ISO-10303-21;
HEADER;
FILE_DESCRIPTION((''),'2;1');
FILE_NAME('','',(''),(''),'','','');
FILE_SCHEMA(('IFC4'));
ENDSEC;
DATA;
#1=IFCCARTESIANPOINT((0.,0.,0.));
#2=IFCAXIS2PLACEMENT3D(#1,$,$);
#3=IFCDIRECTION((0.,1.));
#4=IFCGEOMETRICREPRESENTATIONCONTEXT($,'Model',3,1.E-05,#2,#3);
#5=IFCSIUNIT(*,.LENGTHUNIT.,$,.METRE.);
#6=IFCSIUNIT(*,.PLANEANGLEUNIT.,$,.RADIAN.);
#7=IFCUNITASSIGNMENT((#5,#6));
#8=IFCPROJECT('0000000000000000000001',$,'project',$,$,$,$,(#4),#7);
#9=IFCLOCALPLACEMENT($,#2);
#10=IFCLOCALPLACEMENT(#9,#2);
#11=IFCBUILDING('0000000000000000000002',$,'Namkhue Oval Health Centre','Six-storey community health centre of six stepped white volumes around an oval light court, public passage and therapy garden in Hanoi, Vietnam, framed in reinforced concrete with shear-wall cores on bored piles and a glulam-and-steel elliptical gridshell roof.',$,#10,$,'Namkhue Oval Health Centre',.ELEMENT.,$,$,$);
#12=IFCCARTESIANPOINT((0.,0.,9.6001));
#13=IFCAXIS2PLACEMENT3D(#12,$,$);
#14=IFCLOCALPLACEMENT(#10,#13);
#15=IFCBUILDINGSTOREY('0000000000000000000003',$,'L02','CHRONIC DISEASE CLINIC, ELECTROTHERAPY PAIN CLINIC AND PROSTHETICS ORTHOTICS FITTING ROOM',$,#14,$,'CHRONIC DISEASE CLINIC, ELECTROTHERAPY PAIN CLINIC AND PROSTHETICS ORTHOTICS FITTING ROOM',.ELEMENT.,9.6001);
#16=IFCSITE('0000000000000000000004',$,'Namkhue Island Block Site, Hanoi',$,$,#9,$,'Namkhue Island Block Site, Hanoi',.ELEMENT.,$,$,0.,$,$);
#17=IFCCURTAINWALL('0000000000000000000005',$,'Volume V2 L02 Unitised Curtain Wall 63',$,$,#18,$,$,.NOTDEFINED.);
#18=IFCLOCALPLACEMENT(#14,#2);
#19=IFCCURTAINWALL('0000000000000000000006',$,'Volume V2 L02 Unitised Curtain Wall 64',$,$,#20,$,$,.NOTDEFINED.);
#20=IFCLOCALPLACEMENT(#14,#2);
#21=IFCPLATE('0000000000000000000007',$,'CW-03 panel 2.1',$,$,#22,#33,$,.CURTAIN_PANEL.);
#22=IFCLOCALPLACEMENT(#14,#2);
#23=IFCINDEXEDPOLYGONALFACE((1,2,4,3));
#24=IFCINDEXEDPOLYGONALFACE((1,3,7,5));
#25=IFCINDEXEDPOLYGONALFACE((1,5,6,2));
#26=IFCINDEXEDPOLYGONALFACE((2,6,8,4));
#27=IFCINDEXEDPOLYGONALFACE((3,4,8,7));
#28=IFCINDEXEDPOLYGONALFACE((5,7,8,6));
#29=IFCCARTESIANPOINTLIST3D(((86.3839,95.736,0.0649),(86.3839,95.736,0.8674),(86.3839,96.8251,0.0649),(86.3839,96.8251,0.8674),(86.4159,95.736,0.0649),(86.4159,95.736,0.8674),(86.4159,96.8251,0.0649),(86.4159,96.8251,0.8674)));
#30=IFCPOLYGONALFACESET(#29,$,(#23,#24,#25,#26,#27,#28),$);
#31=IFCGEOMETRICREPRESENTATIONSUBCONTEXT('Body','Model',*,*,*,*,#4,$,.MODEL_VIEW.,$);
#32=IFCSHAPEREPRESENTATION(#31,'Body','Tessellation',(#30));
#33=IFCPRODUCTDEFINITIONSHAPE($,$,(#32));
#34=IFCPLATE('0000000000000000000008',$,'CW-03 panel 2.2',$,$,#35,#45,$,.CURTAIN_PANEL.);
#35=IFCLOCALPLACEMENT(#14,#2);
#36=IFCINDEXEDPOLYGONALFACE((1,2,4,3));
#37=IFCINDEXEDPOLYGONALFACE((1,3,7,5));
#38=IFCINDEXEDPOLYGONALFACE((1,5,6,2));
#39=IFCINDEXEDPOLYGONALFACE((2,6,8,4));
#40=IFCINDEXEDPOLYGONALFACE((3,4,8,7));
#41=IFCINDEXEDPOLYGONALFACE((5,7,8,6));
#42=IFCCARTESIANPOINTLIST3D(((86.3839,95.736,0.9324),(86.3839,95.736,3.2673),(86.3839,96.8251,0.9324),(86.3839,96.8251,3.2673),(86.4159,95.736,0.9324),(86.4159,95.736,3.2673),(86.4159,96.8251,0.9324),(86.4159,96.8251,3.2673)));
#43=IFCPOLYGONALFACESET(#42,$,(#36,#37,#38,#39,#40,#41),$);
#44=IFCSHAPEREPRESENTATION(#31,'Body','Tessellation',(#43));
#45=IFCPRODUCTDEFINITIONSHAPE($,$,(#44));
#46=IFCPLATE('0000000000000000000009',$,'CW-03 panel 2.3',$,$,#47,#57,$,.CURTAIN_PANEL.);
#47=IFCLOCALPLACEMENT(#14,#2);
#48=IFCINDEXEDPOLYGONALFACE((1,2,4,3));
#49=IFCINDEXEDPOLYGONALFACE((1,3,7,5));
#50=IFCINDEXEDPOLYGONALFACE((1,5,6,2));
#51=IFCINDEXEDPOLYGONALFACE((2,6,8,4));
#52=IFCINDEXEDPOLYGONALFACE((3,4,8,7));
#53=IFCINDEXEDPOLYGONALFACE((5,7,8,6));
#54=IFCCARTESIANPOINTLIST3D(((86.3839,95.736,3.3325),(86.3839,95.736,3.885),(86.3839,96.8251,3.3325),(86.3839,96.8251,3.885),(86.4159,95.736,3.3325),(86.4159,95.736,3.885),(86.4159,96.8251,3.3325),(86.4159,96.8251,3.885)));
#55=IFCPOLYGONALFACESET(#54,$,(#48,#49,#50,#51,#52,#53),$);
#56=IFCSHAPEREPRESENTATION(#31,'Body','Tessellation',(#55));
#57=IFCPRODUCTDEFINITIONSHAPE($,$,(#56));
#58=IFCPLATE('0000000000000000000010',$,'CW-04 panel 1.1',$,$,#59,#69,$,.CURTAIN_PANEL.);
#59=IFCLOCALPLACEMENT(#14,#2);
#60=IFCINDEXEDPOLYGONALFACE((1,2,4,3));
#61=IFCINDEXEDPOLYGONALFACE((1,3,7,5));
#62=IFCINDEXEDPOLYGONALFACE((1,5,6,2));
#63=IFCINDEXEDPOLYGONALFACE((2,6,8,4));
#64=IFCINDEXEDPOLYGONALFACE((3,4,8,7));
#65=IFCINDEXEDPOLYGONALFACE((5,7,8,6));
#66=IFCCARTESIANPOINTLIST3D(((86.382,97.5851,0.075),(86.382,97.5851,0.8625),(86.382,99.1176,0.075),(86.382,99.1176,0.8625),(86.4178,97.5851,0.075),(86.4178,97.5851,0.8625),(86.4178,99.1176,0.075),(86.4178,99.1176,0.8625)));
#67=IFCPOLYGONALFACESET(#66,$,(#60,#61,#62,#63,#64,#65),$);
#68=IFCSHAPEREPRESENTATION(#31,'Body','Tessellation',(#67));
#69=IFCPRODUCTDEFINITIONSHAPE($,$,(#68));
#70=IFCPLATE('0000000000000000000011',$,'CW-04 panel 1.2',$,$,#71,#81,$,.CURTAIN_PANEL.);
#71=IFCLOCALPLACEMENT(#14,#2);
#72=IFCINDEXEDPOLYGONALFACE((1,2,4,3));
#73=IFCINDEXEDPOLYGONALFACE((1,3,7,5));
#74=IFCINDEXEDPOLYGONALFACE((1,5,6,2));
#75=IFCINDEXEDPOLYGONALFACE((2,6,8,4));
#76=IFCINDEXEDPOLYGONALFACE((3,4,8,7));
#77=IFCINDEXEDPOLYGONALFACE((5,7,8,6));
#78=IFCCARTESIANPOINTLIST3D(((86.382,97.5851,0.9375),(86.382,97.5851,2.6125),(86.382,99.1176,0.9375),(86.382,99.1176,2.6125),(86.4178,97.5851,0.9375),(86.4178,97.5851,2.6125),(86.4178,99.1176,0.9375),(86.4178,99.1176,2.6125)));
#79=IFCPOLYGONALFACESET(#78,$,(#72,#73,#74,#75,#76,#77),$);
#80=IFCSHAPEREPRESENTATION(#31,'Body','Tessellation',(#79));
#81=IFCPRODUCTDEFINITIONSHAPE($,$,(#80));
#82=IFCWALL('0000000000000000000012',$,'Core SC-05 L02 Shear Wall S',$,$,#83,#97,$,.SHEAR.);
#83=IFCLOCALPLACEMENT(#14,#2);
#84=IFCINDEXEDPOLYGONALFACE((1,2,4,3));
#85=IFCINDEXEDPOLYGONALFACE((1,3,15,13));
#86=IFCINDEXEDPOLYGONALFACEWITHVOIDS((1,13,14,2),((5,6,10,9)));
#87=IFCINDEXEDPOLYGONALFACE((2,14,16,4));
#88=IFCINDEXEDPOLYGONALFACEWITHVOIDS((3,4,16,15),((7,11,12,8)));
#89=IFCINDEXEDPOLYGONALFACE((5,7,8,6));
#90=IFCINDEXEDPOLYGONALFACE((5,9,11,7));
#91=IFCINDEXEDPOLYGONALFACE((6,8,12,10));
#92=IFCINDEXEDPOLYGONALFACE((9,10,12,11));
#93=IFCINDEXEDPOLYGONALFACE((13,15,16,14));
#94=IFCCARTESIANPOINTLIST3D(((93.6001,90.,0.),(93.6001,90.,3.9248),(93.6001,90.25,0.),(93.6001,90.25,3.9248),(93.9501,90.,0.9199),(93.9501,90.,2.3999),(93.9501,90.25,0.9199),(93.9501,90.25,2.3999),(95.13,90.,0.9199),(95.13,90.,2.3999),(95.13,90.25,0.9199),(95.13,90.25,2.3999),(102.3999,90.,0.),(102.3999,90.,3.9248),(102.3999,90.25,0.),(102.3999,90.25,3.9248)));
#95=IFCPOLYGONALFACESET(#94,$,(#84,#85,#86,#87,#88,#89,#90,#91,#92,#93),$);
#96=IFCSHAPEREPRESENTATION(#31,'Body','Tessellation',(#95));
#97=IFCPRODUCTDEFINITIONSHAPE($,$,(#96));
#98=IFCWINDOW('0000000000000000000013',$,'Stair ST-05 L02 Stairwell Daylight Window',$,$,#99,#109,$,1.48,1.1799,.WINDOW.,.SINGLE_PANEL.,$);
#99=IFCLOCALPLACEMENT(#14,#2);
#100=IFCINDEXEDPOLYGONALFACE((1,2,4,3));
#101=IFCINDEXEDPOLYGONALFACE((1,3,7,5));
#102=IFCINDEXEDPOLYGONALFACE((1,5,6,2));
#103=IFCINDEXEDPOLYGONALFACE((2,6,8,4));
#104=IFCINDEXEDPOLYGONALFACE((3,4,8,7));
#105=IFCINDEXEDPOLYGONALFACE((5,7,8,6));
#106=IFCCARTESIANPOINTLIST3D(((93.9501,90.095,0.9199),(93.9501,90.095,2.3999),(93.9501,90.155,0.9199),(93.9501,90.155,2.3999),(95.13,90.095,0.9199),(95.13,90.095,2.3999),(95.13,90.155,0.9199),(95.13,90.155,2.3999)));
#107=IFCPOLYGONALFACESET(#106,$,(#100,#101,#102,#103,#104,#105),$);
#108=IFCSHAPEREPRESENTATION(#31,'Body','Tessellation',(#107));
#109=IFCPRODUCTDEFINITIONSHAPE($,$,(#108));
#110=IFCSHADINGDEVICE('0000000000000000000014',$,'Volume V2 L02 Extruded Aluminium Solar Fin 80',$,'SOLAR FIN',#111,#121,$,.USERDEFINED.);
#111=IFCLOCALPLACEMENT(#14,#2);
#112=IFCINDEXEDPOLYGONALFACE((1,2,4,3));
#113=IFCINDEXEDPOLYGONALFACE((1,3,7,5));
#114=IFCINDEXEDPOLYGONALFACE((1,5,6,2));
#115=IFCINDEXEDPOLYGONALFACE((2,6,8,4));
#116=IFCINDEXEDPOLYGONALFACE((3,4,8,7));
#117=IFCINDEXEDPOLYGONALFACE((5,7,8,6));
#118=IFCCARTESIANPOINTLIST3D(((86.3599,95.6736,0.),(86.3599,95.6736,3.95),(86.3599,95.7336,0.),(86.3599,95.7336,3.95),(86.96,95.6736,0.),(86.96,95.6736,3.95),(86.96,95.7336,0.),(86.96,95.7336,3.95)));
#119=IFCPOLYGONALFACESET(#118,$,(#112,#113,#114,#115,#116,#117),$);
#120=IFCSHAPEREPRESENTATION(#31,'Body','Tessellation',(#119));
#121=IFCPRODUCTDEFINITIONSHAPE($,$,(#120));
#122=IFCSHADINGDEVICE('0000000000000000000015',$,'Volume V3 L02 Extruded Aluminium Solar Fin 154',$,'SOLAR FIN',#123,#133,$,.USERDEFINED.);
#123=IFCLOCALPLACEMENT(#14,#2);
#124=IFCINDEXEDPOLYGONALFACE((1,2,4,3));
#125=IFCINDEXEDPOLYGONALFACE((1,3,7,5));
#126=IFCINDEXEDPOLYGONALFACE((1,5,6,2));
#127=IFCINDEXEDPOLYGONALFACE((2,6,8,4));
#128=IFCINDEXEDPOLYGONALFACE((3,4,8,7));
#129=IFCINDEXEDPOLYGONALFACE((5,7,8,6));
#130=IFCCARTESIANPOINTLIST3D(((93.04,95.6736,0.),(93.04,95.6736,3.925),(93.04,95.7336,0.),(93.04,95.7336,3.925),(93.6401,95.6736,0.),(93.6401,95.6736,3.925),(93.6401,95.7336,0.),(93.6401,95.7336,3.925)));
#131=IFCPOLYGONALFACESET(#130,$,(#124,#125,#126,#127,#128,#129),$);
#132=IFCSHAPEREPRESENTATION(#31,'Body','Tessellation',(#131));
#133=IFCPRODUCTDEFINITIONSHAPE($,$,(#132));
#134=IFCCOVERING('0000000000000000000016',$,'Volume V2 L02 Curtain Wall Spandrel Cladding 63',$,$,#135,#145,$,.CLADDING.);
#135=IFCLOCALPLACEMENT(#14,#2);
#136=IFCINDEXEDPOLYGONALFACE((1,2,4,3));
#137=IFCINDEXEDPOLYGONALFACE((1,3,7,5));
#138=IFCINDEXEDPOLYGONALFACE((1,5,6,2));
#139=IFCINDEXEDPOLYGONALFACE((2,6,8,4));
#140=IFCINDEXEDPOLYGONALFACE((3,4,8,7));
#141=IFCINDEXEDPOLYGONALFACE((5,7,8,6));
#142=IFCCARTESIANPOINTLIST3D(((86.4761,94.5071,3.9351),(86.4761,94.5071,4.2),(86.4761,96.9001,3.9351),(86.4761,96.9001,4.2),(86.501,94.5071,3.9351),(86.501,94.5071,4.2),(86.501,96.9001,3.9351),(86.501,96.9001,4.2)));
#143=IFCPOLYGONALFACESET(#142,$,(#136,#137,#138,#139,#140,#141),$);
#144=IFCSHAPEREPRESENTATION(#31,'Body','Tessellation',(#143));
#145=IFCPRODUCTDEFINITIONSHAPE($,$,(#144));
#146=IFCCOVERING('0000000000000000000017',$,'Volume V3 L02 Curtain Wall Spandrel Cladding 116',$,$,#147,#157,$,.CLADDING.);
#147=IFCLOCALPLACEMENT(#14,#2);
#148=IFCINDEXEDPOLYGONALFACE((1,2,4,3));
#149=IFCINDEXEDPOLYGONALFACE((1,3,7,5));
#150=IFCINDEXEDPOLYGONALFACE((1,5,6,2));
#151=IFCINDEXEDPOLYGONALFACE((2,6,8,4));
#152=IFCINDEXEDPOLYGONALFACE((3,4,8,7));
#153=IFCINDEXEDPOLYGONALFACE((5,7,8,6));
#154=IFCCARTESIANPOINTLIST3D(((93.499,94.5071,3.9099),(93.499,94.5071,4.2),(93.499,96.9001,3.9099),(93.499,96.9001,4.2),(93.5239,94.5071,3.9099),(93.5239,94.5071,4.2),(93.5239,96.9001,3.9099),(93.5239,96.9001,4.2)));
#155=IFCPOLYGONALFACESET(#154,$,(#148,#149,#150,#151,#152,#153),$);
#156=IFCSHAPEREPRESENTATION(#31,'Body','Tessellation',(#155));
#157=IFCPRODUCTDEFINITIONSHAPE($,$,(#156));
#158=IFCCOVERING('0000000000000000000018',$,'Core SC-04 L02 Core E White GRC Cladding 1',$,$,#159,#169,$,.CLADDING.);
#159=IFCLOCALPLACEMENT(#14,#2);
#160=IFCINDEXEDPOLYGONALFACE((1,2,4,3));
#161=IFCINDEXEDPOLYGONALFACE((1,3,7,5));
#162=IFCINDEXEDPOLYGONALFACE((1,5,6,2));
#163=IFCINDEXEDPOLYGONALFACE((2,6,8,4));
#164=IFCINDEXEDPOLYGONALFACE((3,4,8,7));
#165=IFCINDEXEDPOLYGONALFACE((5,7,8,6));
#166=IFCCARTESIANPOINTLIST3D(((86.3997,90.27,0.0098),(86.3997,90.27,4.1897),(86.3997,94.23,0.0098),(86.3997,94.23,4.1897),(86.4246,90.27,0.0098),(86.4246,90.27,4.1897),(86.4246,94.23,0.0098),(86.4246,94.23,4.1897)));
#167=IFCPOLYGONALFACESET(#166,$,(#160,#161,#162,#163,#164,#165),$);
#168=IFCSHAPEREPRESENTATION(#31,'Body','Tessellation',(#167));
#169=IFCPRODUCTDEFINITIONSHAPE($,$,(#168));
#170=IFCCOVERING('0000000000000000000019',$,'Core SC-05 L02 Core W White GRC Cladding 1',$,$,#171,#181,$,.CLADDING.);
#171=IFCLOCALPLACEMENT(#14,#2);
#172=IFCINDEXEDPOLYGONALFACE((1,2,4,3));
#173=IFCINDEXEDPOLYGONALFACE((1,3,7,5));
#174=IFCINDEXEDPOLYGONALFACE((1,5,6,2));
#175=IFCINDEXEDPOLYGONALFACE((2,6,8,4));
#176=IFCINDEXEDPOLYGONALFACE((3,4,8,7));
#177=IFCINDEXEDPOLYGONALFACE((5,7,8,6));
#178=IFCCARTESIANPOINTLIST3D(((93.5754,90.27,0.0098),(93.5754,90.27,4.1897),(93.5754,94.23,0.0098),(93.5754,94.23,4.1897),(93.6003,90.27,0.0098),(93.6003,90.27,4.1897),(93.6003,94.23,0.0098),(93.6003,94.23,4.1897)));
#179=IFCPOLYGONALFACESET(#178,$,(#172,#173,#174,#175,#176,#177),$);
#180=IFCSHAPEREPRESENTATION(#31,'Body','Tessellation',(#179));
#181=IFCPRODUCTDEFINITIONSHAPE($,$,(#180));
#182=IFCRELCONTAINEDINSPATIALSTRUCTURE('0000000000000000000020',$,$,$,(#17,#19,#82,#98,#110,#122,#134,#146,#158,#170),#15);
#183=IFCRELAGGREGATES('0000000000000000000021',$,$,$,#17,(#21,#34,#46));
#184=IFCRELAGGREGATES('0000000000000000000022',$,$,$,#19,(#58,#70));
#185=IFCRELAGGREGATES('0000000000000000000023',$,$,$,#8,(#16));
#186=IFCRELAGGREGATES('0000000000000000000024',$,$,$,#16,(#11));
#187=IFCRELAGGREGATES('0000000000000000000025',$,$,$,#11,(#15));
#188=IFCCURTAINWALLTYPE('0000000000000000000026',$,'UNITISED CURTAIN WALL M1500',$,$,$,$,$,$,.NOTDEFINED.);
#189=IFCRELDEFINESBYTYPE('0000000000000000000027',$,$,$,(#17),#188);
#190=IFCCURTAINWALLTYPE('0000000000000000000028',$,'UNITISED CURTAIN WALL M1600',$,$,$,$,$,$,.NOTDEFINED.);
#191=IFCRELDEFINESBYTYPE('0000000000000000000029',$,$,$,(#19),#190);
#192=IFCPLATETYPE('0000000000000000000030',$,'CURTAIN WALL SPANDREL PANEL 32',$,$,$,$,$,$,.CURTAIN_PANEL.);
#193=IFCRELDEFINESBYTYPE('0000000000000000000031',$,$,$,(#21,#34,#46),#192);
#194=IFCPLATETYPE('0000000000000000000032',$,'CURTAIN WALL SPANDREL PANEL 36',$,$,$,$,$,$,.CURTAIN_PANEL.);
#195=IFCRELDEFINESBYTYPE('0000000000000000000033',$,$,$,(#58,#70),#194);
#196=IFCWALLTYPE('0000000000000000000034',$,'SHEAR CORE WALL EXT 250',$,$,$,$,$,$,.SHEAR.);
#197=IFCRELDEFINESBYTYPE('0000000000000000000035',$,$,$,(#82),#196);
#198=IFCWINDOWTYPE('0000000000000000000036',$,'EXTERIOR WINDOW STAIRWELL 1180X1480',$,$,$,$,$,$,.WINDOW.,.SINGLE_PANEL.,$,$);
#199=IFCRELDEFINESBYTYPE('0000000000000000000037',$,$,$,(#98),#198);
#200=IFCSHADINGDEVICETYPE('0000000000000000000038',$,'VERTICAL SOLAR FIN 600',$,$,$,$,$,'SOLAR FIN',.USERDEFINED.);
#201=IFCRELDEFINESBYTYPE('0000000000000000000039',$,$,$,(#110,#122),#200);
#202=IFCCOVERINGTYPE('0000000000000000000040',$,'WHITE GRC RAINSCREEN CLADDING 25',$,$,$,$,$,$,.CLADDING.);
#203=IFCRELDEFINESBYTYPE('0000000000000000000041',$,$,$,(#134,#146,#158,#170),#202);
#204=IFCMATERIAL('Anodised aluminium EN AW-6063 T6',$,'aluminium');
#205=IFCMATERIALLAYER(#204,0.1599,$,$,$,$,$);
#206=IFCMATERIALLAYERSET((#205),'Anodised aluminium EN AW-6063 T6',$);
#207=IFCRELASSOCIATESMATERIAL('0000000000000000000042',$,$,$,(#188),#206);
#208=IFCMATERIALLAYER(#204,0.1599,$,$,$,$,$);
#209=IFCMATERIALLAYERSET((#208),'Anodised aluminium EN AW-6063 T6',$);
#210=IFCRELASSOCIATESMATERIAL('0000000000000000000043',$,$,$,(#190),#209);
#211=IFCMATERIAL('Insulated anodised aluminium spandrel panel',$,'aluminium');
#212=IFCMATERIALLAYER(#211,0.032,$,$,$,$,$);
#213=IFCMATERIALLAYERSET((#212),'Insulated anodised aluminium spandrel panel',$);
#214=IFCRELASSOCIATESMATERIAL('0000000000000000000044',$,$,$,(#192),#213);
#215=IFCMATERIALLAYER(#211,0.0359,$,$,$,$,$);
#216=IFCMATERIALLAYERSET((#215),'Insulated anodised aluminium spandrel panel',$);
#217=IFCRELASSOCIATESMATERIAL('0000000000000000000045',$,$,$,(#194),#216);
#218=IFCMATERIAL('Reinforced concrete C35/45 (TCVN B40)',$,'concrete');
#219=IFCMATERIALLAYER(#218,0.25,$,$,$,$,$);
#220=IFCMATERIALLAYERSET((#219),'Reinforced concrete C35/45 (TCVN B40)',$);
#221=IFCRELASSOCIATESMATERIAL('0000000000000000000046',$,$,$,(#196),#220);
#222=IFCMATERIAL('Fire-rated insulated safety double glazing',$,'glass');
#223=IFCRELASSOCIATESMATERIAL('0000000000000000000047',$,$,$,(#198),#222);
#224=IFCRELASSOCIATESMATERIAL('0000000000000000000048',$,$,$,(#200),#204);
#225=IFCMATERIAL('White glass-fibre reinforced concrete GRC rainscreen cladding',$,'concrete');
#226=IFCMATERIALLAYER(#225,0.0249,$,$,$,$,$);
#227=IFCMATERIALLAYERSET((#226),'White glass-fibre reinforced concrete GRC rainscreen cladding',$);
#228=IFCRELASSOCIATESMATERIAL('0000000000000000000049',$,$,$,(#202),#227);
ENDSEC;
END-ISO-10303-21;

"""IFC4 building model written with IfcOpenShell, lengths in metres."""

from ifc_helpers import new_model, si_unit, direction, frame, frame_2d, origin, origin_2d, place, context, subcontext, project, spatial, rectangle, extrude, material, layer, layer_set, type_object, element, fill, aggregate, save


model = new_model("IFC4")

# Units and contexts
model_context = context("Model", 3, precision=1e-05, world=origin(), true_north=direction((0.0, 1.0)))
body_context = subcontext(model_context, "Body", "Model", "MODEL_VIEW")
ifc_project = project(units=[si_unit("LENGTHUNIT", "METRE"), si_unit("PLANEANGLEUNIT", "RADIAN")], contexts=[model_context])

# Site, building, storey
site_placement = place(None, origin())
site = spatial("IfcSite", under=ifc_project, at=site_placement, Name="Namkhue Island Block Site, Hanoi", LongName="Namkhue Island Block Site, Hanoi", CompositionType="ELEMENT", RefElevation=0.0)
building_placement = place(site_placement, origin())
building = spatial("IfcBuilding", under=site, at=building_placement, Name="Namkhue Oval Health Centre", Description="Six-storey community health centre of six stepped white volumes around an oval light court, public passage and therapy garden in Hanoi, Vietnam, framed in reinforced concrete with shear-wall cores on bored piles and a glulam-and-steel elliptical gridshell roof.", LongName="Namkhue Oval Health Centre", CompositionType="ELEMENT")
storey_placement = place(building_placement, frame((0.0, 0.0, 9.6001)))
storey = spatial("IfcBuildingStorey", under=building, at=storey_placement, Name="L02", Description="CHRONIC DISEASE CLINIC, ELECTROTHERAPY PAIN CLINIC AND PROSTHETICS ORTHOTICS FITTING ROOM", LongName="CHRONIC DISEASE CLINIC, ELECTROTHERAPY PAIN CLINIC AND PROSTHETICS ORTHOTICS FITTING ROOM", CompositionType="ELEMENT", Elevation=9.6001)

# Shared definitions
ifc_material_1 = material(Name="Reinforced concrete C35/45 (TCVN B40)", Category="concrete")

# Curtain walls
ifc_material_2 = material(Name="Anodised aluminium EN AW-6063 T6", Category="aluminium")
ifc_layer_1 = layer(ifc_material_2, 0.1599)
ifc_layer_set_1 = layer_set([ifc_layer_1], Name="Anodised aluminium EN AW-6063 T6")
curtain_wall_type_1 = type_object("IfcCurtainWallType", Name="UNITISED CURTAIN WALL M1500", PredefinedType="NOTDEFINED", material=ifc_layer_set_1)
curtain_wall_1_placement = place(storey_placement, origin())
curtain_wall_1 = element("IfcCurtainWall", 1, at=curtain_wall_1_placement, inside=storey, type_object=curtain_wall_type_1, Name="Volume V2 L02 Unitised Curtain Wall 63", PredefinedType="NOTDEFINED")
ifc_layer_2 = layer(ifc_material_2, 0.1599)
ifc_layer_set_2 = layer_set([ifc_layer_2], Name="Anodised aluminium EN AW-6063 T6")
curtain_wall_type_2 = type_object("IfcCurtainWallType", Name="UNITISED CURTAIN WALL M1600", PredefinedType="NOTDEFINED", material=ifc_layer_set_2)
curtain_wall_2_placement = place(storey_placement, origin())
curtain_wall_2 = element("IfcCurtainWall", 2, at=curtain_wall_2_placement, inside=storey, type_object=curtain_wall_type_2, Name="Volume V2 L02 Unitised Curtain Wall 64", PredefinedType="NOTDEFINED")

# Plates
ifc_material_3 = material(Name="Insulated anodised aluminium spandrel panel", Category="aluminium")
ifc_layer_3 = layer(ifc_material_3, 0.032)
ifc_layer_set_3 = layer_set([ifc_layer_3], Name="Insulated anodised aluminium spandrel panel")
plate_type_1 = type_object("IfcPlateType", Name="CURTAIN WALL SPANDREL PANEL 32", PredefinedType="CURTAIN_PANEL", material=ifc_layer_set_3)
plate_1_placement = place(storey_placement, frame((86.3999, 96.2805, 0.0649), z_axis=(0.0, 0.0, 1.0), x_axis=(0.0, 1.0, 0.0)))
plate_1 = element("IfcPlate", 3, at=plate_1_placement, type_object=plate_type_1, Name="CW-03 panel 2.1", PredefinedType="CURTAIN_PANEL", context=body_context, shape_type="SweptSolid", body=[
    extrude(rectangle(XDim=1.0891, YDim=0.032, at=origin_2d()), origin(), (0.0, 0.0, 1.0), 0.8025),
])
plate_2_placement = place(storey_placement, frame((86.3999, 96.2805, 0.9324), z_axis=(0.0, 0.0, 1.0), x_axis=(0.0, 1.0, 0.0)))
plate_2 = element("IfcPlate", 4, at=plate_2_placement, type_object=plate_type_1, Name="CW-03 panel 2.2", PredefinedType="CURTAIN_PANEL", context=body_context, shape_type="SweptSolid", body=[
    extrude(rectangle(XDim=1.0891, YDim=0.032, at=origin_2d()), origin(), (0.0, 0.0, 1.0), 2.335),
])
plate_3_placement = place(storey_placement, frame((86.3999, 96.2805, 3.3325), z_axis=(0.0, 0.0, 1.0), x_axis=(0.0, 1.0, 0.0)))
plate_3 = element("IfcPlate", 5, at=plate_3_placement, type_object=plate_type_1, Name="CW-03 panel 2.3", PredefinedType="CURTAIN_PANEL", context=body_context, shape_type="SweptSolid", body=[
    extrude(rectangle(XDim=1.0891, YDim=0.032, at=origin_2d()), origin(), (0.0, 0.0, 1.0), 0.5525),
])
aggregate(curtain_wall_1, [plate_1, plate_2, plate_3])
ifc_layer_4 = layer(ifc_material_3, 0.0359)
ifc_layer_set_4 = layer_set([ifc_layer_4], Name="Insulated anodised aluminium spandrel panel")
plate_type_2 = type_object("IfcPlateType", Name="CURTAIN WALL SPANDREL PANEL 36", PredefinedType="CURTAIN_PANEL", material=ifc_layer_set_4)
plate_4_placement = place(storey_placement, frame((86.3999, 98.3513, 0.075), z_axis=(0.0, 0.0, 1.0), x_axis=(0.0, 1.0, 0.0)))
plate_4 = element("IfcPlate", 6, at=plate_4_placement, type_object=plate_type_2, Name="CW-04 panel 1.1", PredefinedType="CURTAIN_PANEL", context=body_context, shape_type="SweptSolid", body=[
    extrude(rectangle(XDim=1.5325, YDim=0.0359, at=origin_2d()), origin(), (0.0, 0.0, 1.0), 0.7876),
])
plate_5_placement = place(storey_placement, frame((86.3999, 98.3513, 0.9375), z_axis=(0.0, 0.0, 1.0), x_axis=(0.0, 1.0, 0.0)))
plate_5 = element("IfcPlate", 7, at=plate_5_placement, type_object=plate_type_2, Name="CW-04 panel 1.2", PredefinedType="CURTAIN_PANEL", context=body_context, shape_type="SweptSolid", body=[
    extrude(rectangle(XDim=1.5325, YDim=0.0359, at=origin_2d()), origin(), (0.0, 0.0, 1.0), 1.675),
])
aggregate(curtain_wall_2, [plate_4, plate_5])

# Wall, opening, window
ifc_layer_5 = layer(ifc_material_1, 0.25)
ifc_layer_set_5 = layer_set([ifc_layer_5], Name="Reinforced concrete C35/45 (TCVN B40)")
wall_type = type_object("IfcWallType", Name="SHEAR CORE WALL EXT 250", PredefinedType="SHEAR", material=ifc_layer_set_5)
wall_placement = place(storey_placement, frame((93.6001, 90.125, 0.0), z_axis=(0.0, 0.0, 1.0), x_axis=(1.0, 0.0, 0.0)))
wall = element("IfcWall", 8, at=wall_placement, inside=storey, type_object=wall_type, Name="Core SC-05 L02 Shear Wall S", PredefinedType="SHEAR", context=body_context, shape_type="SweptSolid", body=[
    extrude(rectangle(XDim=8.7998, YDim=0.25, at=frame_2d((4.3999, 0.0))), origin(), (0.0, 0.0, 1.0), 3.9248),
])
opening_placement = place(wall_placement, frame((0.3501, 0.0, 0.9199)))
opening = element("IfcOpeningElement", 9, at=opening_placement, cuts=wall, PredefinedType="OPENING", context=body_context, shape_type="SweptSolid", body=[
    extrude(rectangle(XDim=1.1799, YDim=1.48, at=frame_2d((0.5898, 0.74))), frame((0.0, 0.135, 0.0), z_axis=(0.0, -1.0, 0.0), x_axis=(1.0, 0.0, 0.0)), (0.0, 0.0, 1.0), 0.27),
])
ifc_material_4 = material(Name="Fire-rated insulated safety double glazing", Category="glass")
window_type = type_object("IfcWindowType", Name="EXTERIOR WINDOW STAIRWELL 1180X1480", PartitioningType="SINGLE_PANEL", PredefinedType="WINDOW", material=ifc_material_4)
window_placement = place(opening_placement, origin())
window = element("IfcWindow", 10, at=window_placement, inside=storey, type_object=window_type, Name="Stair ST-05 L02 Stairwell Daylight Window", OverallHeight=1.48, OverallWidth=1.1799, PartitioningType="SINGLE_PANEL", PredefinedType="WINDOW", context=body_context, shape_type="SweptSolid", body=[
    extrude(rectangle(XDim=1.1799, YDim=1.48, at=frame_2d((0.5898, 0.74))), frame((0.0, 0.03, 0.0), z_axis=(0.0, -1.0, 0.0), x_axis=(1.0, 0.0, 0.0)), (0.0, 0.0, 1.0), 0.0601),
])
fill(opening, window)

# Shading devices
shading_device_type = type_object("IfcShadingDeviceType", Name="VERTICAL SOLAR FIN 600", ElementType="SOLAR FIN", PredefinedType="USERDEFINED", material=ifc_material_2)
shading_device_1_placement = place(storey_placement, frame((86.6599, 95.7036, 0.0), z_axis=(0.0, 0.0, 1.0), x_axis=(1.0, 0.0, 0.0)))
element("IfcShadingDevice", 11, at=shading_device_1_placement, inside=storey, type_object=shading_device_type, Name="Volume V2 L02 Extruded Aluminium Solar Fin 80", ObjectType="SOLAR FIN", PredefinedType="USERDEFINED", context=body_context, shape_type="SweptSolid", body=[
    extrude(rectangle(XDim=0.6001, YDim=0.0601, at=origin_2d()), origin(), (0.0, 0.0, 1.0), 3.95),
])
shading_device_2_placement = place(storey_placement, frame((93.3401, 95.7036, 0.0), z_axis=(0.0, 0.0, 1.0), x_axis=(-1.0, 0.0, 0.0)))
element("IfcShadingDevice", 12, at=shading_device_2_placement, inside=storey, type_object=shading_device_type, Name="Volume V3 L02 Extruded Aluminium Solar Fin 154", ObjectType="SOLAR FIN", PredefinedType="USERDEFINED", context=body_context, shape_type="SweptSolid", body=[
    extrude(rectangle(XDim=0.6001, YDim=0.0601, at=origin_2d()), origin(), (0.0, 0.0, 1.0), 3.925),
])

# Coverings
ifc_material_5 = material(Name="White glass-fibre reinforced concrete GRC rainscreen cladding", Category="concrete")
ifc_layer_6 = layer(ifc_material_5, 0.0249)
ifc_layer_set_6 = layer_set([ifc_layer_6], Name="White glass-fibre reinforced concrete GRC rainscreen cladding")
covering_type = type_object("IfcCoveringType", Name="WHITE GRC RAINSCREEN CLADDING 25", PredefinedType="CLADDING", material=ifc_layer_set_6)
covering_1_placement = place(storey_placement, frame((86.4885, 95.7036, 3.9351), z_axis=(0.0, 0.0, 1.0), x_axis=(0.0, 1.0, 0.0)))
element("IfcCovering", 13, at=covering_1_placement, inside=storey, type_object=covering_type, Name="Volume V2 L02 Curtain Wall Spandrel Cladding 63", PredefinedType="CLADDING", context=body_context, shape_type="SweptSolid", body=[
    extrude(rectangle(XDim=2.3931, YDim=0.0249, at=origin_2d()), origin(), (0.0, 0.0, 1.0), 0.2649),
])
covering_2_placement = place(storey_placement, frame((93.5115, 95.7036, 3.9099), z_axis=(0.0, 0.0, 1.0), x_axis=(0.0, -1.0, 0.0)))
element("IfcCovering", 14, at=covering_2_placement, inside=storey, type_object=covering_type, Name="Volume V3 L02 Curtain Wall Spandrel Cladding 116", PredefinedType="CLADDING", context=body_context, shape_type="SweptSolid", body=[
    extrude(rectangle(XDim=2.3931, YDim=0.0249, at=origin_2d()), origin(), (0.0, 0.0, 1.0), 0.29),
])
for number, where, z_axis, x_axis, name in (
    (15, (86.4121, 92.25, 0.0098), (0.0, 0.0, 1.0), (0.0, 1.0, 0.0), "Core SC-04 L02 Core E White GRC Cladding 1"),
    (16, (93.5879, 92.25, 0.0098), (0.0, 0.0, 1.0), (0.0, -1.0, 0.0), "Core SC-05 L02 Core W White GRC Cladding 1"),
):
    element("IfcCovering", number, at=place(storey_placement, frame(where, z_axis=z_axis, x_axis=x_axis)), inside=storey, type_object=covering_type, Name=name, PredefinedType="CLADDING", context=body_context, shape_type="SweptSolid", body=[
        extrude(rectangle(XDim=3.96, YDim=0.0249, at=origin_2d()), origin(), (0.0, 0.0, 1.0), 4.1799),
    ])

save(model, "model.ifc")
